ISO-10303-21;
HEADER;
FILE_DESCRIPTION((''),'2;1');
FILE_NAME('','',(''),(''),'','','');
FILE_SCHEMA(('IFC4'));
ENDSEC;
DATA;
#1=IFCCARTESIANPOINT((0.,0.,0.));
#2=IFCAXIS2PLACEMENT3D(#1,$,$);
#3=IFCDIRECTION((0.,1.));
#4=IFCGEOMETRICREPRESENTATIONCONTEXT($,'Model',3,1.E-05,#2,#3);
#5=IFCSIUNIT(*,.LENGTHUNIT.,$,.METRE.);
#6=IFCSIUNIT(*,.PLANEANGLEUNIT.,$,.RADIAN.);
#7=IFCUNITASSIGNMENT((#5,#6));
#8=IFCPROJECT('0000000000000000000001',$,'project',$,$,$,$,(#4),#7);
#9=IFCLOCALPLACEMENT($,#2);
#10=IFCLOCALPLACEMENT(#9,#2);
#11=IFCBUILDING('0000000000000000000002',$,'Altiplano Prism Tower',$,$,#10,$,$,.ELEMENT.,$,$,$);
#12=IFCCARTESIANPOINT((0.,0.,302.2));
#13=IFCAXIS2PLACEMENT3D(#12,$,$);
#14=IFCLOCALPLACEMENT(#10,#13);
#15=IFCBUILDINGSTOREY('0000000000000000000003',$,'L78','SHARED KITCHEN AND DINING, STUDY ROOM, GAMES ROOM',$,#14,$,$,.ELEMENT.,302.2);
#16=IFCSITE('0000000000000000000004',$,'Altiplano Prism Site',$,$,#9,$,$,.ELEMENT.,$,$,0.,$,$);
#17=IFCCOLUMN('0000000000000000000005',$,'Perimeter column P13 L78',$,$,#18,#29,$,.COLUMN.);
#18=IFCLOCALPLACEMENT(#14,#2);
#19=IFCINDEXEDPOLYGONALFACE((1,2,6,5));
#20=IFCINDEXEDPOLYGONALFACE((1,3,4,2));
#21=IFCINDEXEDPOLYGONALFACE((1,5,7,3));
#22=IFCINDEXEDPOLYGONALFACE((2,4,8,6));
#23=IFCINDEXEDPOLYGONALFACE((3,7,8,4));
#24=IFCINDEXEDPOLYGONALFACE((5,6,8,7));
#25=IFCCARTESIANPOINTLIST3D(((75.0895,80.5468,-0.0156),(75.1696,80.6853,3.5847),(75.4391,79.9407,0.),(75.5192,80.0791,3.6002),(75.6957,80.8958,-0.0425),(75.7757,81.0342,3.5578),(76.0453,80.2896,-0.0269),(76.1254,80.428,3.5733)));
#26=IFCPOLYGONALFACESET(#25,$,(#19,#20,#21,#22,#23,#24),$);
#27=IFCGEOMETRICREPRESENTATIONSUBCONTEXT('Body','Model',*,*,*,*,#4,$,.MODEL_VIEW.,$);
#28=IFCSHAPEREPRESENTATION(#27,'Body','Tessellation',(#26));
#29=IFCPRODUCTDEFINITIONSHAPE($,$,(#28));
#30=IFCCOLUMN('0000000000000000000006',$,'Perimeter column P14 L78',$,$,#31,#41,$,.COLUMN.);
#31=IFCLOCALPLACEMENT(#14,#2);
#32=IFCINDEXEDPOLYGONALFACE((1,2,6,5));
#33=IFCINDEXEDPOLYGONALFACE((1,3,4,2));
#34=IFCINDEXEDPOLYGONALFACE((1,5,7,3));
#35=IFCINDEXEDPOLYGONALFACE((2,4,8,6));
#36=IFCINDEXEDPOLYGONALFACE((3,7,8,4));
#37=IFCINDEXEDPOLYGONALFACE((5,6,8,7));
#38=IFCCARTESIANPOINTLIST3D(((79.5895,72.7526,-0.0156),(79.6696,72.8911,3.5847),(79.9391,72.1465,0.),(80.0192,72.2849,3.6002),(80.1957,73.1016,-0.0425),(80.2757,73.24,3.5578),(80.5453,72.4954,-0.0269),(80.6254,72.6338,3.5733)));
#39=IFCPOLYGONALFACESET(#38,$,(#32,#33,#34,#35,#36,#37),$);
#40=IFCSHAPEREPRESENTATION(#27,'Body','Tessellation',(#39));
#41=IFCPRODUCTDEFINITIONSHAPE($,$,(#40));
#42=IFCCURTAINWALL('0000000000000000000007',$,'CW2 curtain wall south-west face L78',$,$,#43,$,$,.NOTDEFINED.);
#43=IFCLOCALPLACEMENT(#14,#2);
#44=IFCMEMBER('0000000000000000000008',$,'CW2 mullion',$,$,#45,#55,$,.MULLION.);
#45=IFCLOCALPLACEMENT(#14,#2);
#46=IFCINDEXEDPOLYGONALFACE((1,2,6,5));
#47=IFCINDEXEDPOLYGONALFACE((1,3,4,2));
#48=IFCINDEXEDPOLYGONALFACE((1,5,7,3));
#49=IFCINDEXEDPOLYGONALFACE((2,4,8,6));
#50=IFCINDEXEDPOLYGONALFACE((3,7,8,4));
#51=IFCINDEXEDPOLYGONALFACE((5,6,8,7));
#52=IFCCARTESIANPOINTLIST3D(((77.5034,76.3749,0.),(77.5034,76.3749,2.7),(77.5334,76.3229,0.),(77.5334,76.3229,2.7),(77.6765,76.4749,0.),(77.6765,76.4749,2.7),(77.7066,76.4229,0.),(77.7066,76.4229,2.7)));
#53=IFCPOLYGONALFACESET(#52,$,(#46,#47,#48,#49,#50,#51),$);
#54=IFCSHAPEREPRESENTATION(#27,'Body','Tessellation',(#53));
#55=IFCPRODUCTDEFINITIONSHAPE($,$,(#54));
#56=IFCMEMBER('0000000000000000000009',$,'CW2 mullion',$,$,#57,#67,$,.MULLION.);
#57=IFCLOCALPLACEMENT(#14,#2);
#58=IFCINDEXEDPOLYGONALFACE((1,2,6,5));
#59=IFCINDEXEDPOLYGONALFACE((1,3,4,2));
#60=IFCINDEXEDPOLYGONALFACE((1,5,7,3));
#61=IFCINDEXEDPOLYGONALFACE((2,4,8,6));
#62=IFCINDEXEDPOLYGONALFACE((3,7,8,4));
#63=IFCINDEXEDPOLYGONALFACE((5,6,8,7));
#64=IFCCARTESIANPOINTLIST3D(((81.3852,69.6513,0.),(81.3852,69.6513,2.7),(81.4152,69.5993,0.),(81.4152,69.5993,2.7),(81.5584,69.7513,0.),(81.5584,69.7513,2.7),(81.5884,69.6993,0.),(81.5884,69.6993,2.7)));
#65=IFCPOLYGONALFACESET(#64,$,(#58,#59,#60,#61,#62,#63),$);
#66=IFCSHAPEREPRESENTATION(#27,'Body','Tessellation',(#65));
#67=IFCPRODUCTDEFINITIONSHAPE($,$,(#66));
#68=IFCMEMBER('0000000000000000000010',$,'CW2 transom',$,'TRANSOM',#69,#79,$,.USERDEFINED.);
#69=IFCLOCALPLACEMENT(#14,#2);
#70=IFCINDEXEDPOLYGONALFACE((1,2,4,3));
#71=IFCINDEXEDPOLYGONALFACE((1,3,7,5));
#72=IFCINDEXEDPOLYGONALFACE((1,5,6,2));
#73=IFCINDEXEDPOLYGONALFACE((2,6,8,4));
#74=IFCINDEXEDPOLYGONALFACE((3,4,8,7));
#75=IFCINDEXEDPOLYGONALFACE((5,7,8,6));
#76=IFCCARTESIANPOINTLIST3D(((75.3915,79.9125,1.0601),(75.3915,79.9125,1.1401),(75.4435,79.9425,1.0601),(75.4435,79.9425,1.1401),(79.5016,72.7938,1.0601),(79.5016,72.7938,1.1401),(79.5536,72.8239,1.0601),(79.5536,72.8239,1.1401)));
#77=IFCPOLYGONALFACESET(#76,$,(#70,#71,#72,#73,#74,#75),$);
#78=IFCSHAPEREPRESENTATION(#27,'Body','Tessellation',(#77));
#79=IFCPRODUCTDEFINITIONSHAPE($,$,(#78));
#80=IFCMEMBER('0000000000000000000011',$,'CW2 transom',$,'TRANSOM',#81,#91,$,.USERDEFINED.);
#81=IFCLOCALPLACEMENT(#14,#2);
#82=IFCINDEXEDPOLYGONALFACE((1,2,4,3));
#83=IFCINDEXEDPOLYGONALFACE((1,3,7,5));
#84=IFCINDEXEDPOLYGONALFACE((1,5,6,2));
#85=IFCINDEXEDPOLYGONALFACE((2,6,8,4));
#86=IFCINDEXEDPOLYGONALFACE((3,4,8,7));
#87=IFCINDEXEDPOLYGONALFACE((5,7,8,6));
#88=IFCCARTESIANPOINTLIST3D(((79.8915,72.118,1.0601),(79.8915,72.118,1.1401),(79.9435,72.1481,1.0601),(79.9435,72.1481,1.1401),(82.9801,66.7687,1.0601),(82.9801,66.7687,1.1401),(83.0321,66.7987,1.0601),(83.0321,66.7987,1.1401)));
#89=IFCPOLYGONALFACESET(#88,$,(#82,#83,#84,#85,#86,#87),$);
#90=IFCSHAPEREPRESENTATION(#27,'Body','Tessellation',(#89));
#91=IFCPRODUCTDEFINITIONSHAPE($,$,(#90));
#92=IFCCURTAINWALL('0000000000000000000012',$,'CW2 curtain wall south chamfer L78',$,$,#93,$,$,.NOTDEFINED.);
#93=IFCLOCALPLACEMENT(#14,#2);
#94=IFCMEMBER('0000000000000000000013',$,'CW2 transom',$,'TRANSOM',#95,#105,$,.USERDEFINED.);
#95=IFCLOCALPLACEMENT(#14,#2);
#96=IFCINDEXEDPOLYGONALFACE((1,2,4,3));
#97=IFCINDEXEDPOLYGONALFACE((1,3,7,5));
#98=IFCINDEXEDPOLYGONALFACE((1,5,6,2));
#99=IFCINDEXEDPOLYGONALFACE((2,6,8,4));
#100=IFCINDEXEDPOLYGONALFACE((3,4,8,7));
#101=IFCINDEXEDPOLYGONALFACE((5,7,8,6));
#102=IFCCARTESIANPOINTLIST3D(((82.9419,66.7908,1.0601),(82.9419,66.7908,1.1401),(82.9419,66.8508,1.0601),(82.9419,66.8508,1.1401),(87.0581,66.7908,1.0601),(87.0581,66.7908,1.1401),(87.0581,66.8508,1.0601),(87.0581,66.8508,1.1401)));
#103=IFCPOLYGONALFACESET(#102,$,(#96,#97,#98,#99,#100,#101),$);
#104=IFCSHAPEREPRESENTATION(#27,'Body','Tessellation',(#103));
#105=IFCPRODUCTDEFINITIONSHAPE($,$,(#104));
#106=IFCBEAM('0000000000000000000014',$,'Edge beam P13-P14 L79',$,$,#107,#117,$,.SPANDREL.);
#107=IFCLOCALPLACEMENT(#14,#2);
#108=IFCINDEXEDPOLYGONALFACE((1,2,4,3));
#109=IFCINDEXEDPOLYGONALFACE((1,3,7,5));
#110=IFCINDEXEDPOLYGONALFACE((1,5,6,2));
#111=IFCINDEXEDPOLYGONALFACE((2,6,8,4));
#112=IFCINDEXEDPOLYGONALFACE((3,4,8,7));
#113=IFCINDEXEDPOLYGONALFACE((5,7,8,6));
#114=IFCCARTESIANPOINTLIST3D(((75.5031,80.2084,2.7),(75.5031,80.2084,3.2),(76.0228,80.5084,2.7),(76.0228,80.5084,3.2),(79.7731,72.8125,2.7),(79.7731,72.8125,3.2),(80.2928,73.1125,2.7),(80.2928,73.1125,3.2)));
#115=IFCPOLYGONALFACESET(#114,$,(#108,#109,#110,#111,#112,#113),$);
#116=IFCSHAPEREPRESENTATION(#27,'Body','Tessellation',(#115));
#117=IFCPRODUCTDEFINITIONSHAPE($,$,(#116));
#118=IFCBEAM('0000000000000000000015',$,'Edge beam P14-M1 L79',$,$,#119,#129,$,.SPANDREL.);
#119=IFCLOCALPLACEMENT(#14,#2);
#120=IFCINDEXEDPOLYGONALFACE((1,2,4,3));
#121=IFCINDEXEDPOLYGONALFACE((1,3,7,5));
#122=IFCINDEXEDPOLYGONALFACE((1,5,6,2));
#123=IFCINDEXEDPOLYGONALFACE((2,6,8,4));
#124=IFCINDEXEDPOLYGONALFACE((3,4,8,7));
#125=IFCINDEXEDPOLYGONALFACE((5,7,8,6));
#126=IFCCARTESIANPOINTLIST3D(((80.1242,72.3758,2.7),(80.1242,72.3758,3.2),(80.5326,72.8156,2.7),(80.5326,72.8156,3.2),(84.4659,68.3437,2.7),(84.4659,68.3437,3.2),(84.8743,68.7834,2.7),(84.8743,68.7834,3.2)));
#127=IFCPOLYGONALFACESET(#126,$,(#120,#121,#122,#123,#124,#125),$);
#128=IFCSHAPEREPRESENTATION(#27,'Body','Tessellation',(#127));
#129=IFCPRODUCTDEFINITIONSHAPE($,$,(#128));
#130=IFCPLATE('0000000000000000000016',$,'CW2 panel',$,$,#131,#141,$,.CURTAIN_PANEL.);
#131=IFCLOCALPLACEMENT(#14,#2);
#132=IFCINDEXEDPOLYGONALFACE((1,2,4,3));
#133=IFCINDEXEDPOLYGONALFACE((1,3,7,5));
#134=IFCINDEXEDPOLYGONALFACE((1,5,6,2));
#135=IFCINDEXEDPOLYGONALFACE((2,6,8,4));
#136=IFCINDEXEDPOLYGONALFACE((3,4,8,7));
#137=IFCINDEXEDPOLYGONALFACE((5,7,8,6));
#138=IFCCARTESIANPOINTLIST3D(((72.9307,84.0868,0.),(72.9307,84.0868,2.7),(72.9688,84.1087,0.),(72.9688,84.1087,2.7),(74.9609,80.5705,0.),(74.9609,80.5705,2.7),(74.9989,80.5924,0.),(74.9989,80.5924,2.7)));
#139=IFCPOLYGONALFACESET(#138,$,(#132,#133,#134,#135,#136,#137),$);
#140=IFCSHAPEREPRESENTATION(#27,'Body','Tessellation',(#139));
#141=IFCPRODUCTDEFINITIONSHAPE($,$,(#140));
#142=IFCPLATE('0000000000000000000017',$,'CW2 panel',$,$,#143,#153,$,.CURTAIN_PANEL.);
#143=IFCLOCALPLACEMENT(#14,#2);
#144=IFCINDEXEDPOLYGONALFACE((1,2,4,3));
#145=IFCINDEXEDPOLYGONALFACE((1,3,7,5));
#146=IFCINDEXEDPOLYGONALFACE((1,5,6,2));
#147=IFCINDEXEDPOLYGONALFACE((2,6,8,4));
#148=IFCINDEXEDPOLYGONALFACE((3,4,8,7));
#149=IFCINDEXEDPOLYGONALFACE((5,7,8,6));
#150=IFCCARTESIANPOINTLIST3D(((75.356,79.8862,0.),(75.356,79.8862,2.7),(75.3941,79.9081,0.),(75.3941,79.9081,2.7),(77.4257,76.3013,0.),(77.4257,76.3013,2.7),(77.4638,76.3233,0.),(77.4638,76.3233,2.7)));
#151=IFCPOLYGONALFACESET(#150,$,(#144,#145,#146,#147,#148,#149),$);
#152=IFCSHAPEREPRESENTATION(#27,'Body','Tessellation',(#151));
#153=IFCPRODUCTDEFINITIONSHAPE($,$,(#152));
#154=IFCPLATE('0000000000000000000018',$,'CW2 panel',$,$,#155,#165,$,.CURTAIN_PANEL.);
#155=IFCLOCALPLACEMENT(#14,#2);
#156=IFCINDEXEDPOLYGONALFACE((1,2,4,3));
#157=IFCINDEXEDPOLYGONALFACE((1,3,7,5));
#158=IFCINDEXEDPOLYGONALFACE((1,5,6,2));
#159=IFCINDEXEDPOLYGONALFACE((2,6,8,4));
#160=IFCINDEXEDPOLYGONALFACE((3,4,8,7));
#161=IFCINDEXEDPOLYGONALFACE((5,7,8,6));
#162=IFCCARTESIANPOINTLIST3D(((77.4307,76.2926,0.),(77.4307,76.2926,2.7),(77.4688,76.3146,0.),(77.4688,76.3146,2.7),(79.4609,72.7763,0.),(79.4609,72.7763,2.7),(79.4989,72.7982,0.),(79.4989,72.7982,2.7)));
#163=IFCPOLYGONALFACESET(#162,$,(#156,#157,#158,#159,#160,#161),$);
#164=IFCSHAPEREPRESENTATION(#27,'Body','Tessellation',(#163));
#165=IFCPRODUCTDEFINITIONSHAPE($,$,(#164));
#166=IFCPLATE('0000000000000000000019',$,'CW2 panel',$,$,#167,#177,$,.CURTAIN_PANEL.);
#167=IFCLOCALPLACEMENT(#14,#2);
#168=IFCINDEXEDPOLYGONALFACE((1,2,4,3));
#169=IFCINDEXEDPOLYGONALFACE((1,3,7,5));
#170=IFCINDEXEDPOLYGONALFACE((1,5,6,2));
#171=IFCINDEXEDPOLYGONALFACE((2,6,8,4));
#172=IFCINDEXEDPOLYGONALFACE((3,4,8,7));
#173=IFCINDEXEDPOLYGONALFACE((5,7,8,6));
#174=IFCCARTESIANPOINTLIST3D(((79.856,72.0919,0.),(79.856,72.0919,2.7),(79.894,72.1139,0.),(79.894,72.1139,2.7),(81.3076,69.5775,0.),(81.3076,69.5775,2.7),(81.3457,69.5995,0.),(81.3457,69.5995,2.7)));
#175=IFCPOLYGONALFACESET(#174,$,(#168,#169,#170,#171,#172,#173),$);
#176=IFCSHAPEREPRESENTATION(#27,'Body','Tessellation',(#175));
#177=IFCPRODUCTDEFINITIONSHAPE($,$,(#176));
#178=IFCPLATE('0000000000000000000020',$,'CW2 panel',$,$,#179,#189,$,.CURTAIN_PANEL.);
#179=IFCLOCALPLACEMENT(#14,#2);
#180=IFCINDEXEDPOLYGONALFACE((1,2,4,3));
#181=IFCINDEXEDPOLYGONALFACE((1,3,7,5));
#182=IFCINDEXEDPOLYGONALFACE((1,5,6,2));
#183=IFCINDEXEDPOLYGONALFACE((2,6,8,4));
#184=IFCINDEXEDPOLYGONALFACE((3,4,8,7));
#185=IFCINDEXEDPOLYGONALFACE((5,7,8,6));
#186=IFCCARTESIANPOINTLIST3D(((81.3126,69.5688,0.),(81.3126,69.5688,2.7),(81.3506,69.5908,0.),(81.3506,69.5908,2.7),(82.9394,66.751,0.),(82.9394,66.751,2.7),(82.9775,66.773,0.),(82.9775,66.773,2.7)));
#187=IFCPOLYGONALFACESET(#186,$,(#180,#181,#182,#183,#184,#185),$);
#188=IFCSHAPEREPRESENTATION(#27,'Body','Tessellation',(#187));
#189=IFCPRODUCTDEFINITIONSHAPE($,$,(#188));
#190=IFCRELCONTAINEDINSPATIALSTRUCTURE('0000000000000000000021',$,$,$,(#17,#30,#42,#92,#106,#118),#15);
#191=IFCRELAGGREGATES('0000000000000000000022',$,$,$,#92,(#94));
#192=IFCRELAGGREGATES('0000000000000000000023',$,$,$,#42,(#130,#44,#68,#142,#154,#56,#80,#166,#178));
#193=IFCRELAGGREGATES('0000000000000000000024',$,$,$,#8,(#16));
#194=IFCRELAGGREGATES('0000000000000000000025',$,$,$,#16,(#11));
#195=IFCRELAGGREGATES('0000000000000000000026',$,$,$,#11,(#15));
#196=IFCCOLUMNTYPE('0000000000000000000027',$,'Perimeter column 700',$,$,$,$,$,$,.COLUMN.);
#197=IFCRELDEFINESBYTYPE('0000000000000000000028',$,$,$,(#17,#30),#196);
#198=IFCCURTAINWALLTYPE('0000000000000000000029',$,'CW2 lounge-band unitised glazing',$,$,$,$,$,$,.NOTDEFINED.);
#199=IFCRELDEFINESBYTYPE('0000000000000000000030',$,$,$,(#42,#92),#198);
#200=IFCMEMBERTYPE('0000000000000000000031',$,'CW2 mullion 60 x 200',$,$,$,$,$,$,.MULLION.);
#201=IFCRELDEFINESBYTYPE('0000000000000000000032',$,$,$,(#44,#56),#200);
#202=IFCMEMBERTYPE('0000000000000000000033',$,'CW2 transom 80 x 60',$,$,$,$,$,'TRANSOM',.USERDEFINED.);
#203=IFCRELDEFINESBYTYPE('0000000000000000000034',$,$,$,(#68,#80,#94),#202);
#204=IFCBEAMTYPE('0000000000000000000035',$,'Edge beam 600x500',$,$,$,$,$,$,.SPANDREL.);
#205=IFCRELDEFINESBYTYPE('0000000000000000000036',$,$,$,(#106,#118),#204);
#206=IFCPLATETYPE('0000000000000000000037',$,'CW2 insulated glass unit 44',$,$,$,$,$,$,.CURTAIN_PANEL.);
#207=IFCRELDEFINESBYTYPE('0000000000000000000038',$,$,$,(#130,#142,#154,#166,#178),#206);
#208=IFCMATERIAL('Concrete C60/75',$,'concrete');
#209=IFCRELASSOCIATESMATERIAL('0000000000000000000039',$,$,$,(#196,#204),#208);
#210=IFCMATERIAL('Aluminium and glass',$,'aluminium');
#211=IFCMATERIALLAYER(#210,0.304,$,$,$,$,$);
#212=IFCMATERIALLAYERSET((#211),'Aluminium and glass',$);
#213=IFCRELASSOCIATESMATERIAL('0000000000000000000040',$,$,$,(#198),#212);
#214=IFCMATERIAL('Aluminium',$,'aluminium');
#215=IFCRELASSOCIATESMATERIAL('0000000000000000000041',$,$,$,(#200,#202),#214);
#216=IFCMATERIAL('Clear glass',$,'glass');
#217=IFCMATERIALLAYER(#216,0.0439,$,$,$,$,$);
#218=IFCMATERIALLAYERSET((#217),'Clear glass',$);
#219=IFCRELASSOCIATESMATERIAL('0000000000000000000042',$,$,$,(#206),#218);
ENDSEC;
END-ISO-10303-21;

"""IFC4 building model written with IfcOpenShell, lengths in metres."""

from ifc_helpers import new_model, si_unit, direction, frame, origin, origin_2d, place, context, subcontext, project, spatial, rectangle, extrude, material, layer, layer_set, material_profile, profile_set, type_object, element, aggregate, save


model = new_model("IFC4")

# Units and contexts
model_context = context("Model", 3, precision=1e-05, world=origin(), true_north=direction((0.0, 1.0)))
body_context = subcontext(model_context, "Body", "Model", "MODEL_VIEW")
ifc_project = project(units=[si_unit("LENGTHUNIT", "METRE"), si_unit("PLANEANGLEUNIT", "RADIAN")], contexts=[model_context])

# Site, building, storey
site_placement = place(None, origin())
site = spatial("IfcSite", under=ifc_project, at=site_placement, Name="Altiplano Prism Site", CompositionType="ELEMENT", RefElevation=0.0)
building_placement = place(site_placement, origin())
building = spatial("IfcBuilding", under=site, at=building_placement, Name="Altiplano Prism Tower", CompositionType="ELEMENT")
storey_placement = place(building_placement, frame((0.0, 0.0, 302.2)))
storey = spatial("IfcBuildingStorey", under=building, at=storey_placement, Name="L78", Description="SHARED KITCHEN AND DINING, STUDY ROOM, GAMES ROOM", CompositionType="ELEMENT", Elevation=302.2)

# Columns
ifc_material_1 = material(Name="Concrete C60/75", Category="concrete")
ifc_material_profile_1 = material_profile(ifc_material_1, rectangle(XDim=0.7, YDim=0.7, at=origin_2d()), Name="Perimeter column 700")
ifc_profile_set_1 = profile_set([ifc_material_profile_1], Name="Concrete C60/75")
column_type = type_object("IfcColumnType", Name="Perimeter column 700", PredefinedType="COLUMN", material=ifc_profile_set_1)
for number, where, z_axis, x_axis, name in (
    (1, (75.5674, 80.4182, -0.0212), (0.022221, 0.038413, 0.999015), (-0.866021, -0.498528, 0.038432), "Perimeter column P13 L78"),
    (2, (80.0674, 72.624, -0.0212), (0.022221, 0.038413, 0.999015), (-0.866021, -0.498528, 0.038432), "Perimeter column P14 L78"),
):
    element("IfcColumn", number, at=place(storey_placement, frame(where, z_axis=z_axis, x_axis=x_axis)), inside=storey, type_object=column_type, Name=name, PredefinedType="COLUMN", context=body_context, shape_type="SweptSolid", body=[
        extrude(rectangle(XDim=0.7, YDim=0.7, at=origin_2d()), origin(), (0.0, 0.0, 1.0), 3.6038),
    ])

# Curtain wall, members
ifc_material_2 = material(Name="Aluminium and glass", Category="aluminium")
ifc_layer_1 = layer(ifc_material_2, 0.304)
ifc_layer_set_1 = layer_set([ifc_layer_1], Name="Aluminium and glass")
curtain_wall_type = type_object("IfcCurtainWallType", Name="CW2 lounge-band unitised glazing", PredefinedType="NOTDEFINED", material=ifc_layer_set_1)
curtain_wall_1_placement = place(storey_placement, origin())
curtain_wall_1 = element("IfcCurtainWall", 3, at=curtain_wall_1_placement, inside=storey, type_object=curtain_wall_type, Name="CW2 curtain wall south-west face L78", PredefinedType="NOTDEFINED")
ifc_material_3 = material(Name="Aluminium", Category="aluminium")
ifc_material_profile_2 = material_profile(ifc_material_3, rectangle(XDim=0.2, YDim=0.0601, at=origin_2d()), Name="CW2 mullion 60 x 200")
ifc_profile_set_2 = profile_set([ifc_material_profile_2], Name="Aluminium")
member_type_1 = type_object("IfcMemberType", Name="CW2 mullion 60 x 200", PredefinedType="MULLION", material=ifc_profile_set_2)
member_1_placement = place(storey_placement, frame((77.605, 76.3989, 0.0), z_axis=(0.0, 0.0, 1.0), x_axis=(0.866025, 0.5, 0.0)))
member_1 = element("IfcMember", 4, at=member_1_placement, type_object=member_type_1, Name="CW2 mullion", PredefinedType="MULLION", context=body_context, shape_type="SweptSolid", body=[
    extrude(rectangle(XDim=0.2, YDim=0.0601, at=origin_2d()), origin(), (0.0, 0.0, 1.0), 2.7),
])
member_2_placement = place(storey_placement, frame((81.4868, 69.6753, 0.0), z_axis=(0.0, 0.0, 1.0), x_axis=(0.866025, 0.5, 0.0)))
member_2 = element("IfcMember", 5, at=member_2_placement, type_object=member_type_1, Name="CW2 mullion", PredefinedType="MULLION", context=body_context, shape_type="SweptSolid", body=[
    extrude(rectangle(XDim=0.2, YDim=0.0601, at=origin_2d()), origin(), (0.0, 0.0, 1.0), 2.7),
])
ifc_material_profile_3 = material_profile(ifc_material_3, rectangle(XDim=0.0601, YDim=0.0801, at=origin_2d()), Name="CW2 transom 80 x 60")
ifc_profile_set_3 = profile_set([ifc_material_profile_3], Name="Aluminium")
member_type_2 = type_object("IfcMemberType", Name="CW2 transom 80 x 60", ElementType="TRANSOM", PredefinedType="USERDEFINED", material=ifc_profile_set_3)
member_3_placement = place(storey_placement, frame((75.4175, 79.9275, 1.1001), z_axis=(0.500014, -0.866017, 0.0), x_axis=(0.866017, 0.500014, 0.0)))
member_3 = element("IfcMember", 6, at=member_3_placement, type_object=member_type_2, Name="CW2 transom", ObjectType="TRANSOM", PredefinedType="USERDEFINED", context=body_context, shape_type="SweptSolid", body=[
    extrude(rectangle(XDim=0.0601, YDim=0.0801, at=origin_2d()), origin(), (0.0, 0.0, 1.0), 8.22),
])
member_4_placement = place(storey_placement, frame((79.9175, 72.1331, 1.1001), z_axis=(0.50002, -0.866014, 0.0), x_axis=(0.866014, 0.50002, 0.0)))
member_4 = element("IfcMember", 7, at=member_4_placement, type_object=member_type_2, Name="CW2 transom", ObjectType="TRANSOM", PredefinedType="USERDEFINED", context=body_context, shape_type="SweptSolid", body=[
    extrude(rectangle(XDim=0.0601, YDim=0.0801, at=origin_2d()), origin(), (0.0, 0.0, 1.0), 6.177),
])

# Curtain wall, member
curtain_wall_2_placement = place(storey_placement, origin())
curtain_wall_2 = element("IfcCurtainWall", 8, at=curtain_wall_2_placement, inside=storey, type_object=curtain_wall_type, Name="CW2 curtain wall south chamfer L78", PredefinedType="NOTDEFINED")
member_5_placement = place(storey_placement, frame((82.9419, 66.8208, 1.1001), z_axis=(1.0, 0.0, 0.0), x_axis=(0.0, 1.0, 0.0)))
member_5 = element("IfcMember", 9, at=member_5_placement, type_object=member_type_2, Name="CW2 transom", ObjectType="TRANSOM", PredefinedType="USERDEFINED", context=body_context, shape_type="SweptSolid", body=[
    extrude(rectangle(XDim=0.0601, YDim=0.0801, at=origin_2d()), origin(), (0.0, 0.0, 1.0), 4.1162),
])
aggregate(curtain_wall_2, [member_5])

# Beams
ifc_material_profile_4 = material_profile(ifc_material_1, rectangle(XDim=0.6001, YDim=0.5, at=origin_2d()), Name="Edge beam 600x500")
ifc_profile_set_4 = profile_set([ifc_material_profile_4], Name="Concrete C60/75")
beam_type = type_object("IfcBeamType", Name="Edge beam 600x500", PredefinedType="SPANDREL", material=ifc_profile_set_4)
beam_1_placement = place(storey_placement, frame((75.7629, 80.3584, 2.95), z_axis=(0.499995, -0.866028, 0.0), x_axis=(0.866028, 0.499995, 0.0)))
element("IfcBeam", 10, at=beam_1_placement, inside=storey, type_object=beam_type, Name="Edge beam P13-P14 L79", PredefinedType="SPANDREL", context=body_context, shape_type="SweptSolid", body=[
    extrude(rectangle(XDim=0.6001, YDim=0.5, at=origin_2d()), origin(), (0.0, 0.0, 1.0), 8.54),
])
beam_2_placement = place(storey_placement, frame((80.3284, 72.5957, 2.95), z_axis=(0.732747, -0.680502, 0.0), x_axis=(0.680502, 0.732747, 0.0)))
element("IfcBeam", 11, at=beam_2_placement, inside=storey, type_object=beam_type, Name="Edge beam P14-M1 L79", PredefinedType="SPANDREL", context=body_context, shape_type="SweptSolid", body=[
    extrude(rectangle(XDim=0.6001, YDim=0.5, at=origin_2d()), origin(), (0.0, 0.0, 1.0), 5.9253),
])

# Plates
ifc_material_4 = material(Name="Clear glass", Category="glass")
ifc_layer_2 = layer(ifc_material_4, 0.0439)
ifc_layer_set_2 = layer_set([ifc_layer_2], Name="Clear glass")
plate_type = type_object("IfcPlateType", Name="CW2 insulated glass unit 44", PredefinedType="CURTAIN_PANEL", material=ifc_layer_set_2)
plate_1_placement = place(storey_placement, frame((73.9648, 82.3396, 0.0), z_axis=(0.0, 0.0, 1.0), x_axis=(0.5, -0.866025, 0.0)))
plate_1 = element("IfcPlate", 12, at=plate_1_placement, type_object=plate_type, Name="CW2 panel", PredefinedType="CURTAIN_PANEL", context=body_context, shape_type="SweptSolid", body=[
    extrude(rectangle(XDim=4.0603, YDim=0.0439, at=origin_2d()), origin(), (0.0, 0.0, 1.0), 2.7),
])
plate_2_placement = place(storey_placement, frame((76.4099, 78.1047, 0.0), z_axis=(0.0, 0.0, 1.0), x_axis=(0.5, -0.866025, 0.0)))
plate_2 = element("IfcPlate", 13, at=plate_2_placement, type_object=plate_type, Name="CW2 panel", PredefinedType="CURTAIN_PANEL", context=body_context, shape_type="SweptSolid", body=[
    extrude(rectangle(XDim=4.1394, YDim=0.0439, at=origin_2d()), origin(), (0.0, 0.0, 1.0), 2.7),
])
plate_3_placement = place(storey_placement, frame((78.4648, 74.5454, 0.0), z_axis=(0.0, 0.0, 1.0), x_axis=(0.5, -0.866025, 0.0)))
plate_3 = element("IfcPlate", 14, at=plate_3_placement, type_object=plate_type, Name="CW2 panel", PredefinedType="CURTAIN_PANEL", context=body_context, shape_type="SweptSolid", body=[
    extrude(rectangle(XDim=4.0603, YDim=0.0439, at=origin_2d()), origin(), (0.0, 0.0, 1.0), 2.7),
])
plate_4_placement = place(storey_placement, frame((80.6008, 70.8457, 0.0), z_axis=(0.0, 0.0, 1.0), x_axis=(0.5, -0.866025, 0.0)))
plate_4 = element("IfcPlate", 15, at=plate_4_placement, type_object=plate_type, Name="CW2 panel", PredefinedType="CURTAIN_PANEL", context=body_context, shape_type="SweptSolid", body=[
    extrude(rectangle(XDim=2.9033, YDim=0.0439, at=origin_2d()), origin(), (0.0, 0.0, 1.0), 2.7),
])
plate_5_placement = place(storey_placement, frame((82.145, 68.1709, 0.0), z_axis=(0.0, 0.0, 1.0), x_axis=(0.5, -0.866025, 0.0)))
plate_5 = element("IfcPlate", 16, at=plate_5_placement, type_object=plate_type, Name="CW2 panel", PredefinedType="CURTAIN_PANEL", context=body_context, shape_type="SweptSolid", body=[
    extrude(rectangle(XDim=3.2537, YDim=0.0439, at=origin_2d()), origin(), (0.0, 0.0, 1.0), 2.7),
])
aggregate(curtain_wall_1, [plate_1, member_1, member_3, plate_2, plate_3, member_2, member_4, plate_4, plate_5])

save(model, "model.ifc")
